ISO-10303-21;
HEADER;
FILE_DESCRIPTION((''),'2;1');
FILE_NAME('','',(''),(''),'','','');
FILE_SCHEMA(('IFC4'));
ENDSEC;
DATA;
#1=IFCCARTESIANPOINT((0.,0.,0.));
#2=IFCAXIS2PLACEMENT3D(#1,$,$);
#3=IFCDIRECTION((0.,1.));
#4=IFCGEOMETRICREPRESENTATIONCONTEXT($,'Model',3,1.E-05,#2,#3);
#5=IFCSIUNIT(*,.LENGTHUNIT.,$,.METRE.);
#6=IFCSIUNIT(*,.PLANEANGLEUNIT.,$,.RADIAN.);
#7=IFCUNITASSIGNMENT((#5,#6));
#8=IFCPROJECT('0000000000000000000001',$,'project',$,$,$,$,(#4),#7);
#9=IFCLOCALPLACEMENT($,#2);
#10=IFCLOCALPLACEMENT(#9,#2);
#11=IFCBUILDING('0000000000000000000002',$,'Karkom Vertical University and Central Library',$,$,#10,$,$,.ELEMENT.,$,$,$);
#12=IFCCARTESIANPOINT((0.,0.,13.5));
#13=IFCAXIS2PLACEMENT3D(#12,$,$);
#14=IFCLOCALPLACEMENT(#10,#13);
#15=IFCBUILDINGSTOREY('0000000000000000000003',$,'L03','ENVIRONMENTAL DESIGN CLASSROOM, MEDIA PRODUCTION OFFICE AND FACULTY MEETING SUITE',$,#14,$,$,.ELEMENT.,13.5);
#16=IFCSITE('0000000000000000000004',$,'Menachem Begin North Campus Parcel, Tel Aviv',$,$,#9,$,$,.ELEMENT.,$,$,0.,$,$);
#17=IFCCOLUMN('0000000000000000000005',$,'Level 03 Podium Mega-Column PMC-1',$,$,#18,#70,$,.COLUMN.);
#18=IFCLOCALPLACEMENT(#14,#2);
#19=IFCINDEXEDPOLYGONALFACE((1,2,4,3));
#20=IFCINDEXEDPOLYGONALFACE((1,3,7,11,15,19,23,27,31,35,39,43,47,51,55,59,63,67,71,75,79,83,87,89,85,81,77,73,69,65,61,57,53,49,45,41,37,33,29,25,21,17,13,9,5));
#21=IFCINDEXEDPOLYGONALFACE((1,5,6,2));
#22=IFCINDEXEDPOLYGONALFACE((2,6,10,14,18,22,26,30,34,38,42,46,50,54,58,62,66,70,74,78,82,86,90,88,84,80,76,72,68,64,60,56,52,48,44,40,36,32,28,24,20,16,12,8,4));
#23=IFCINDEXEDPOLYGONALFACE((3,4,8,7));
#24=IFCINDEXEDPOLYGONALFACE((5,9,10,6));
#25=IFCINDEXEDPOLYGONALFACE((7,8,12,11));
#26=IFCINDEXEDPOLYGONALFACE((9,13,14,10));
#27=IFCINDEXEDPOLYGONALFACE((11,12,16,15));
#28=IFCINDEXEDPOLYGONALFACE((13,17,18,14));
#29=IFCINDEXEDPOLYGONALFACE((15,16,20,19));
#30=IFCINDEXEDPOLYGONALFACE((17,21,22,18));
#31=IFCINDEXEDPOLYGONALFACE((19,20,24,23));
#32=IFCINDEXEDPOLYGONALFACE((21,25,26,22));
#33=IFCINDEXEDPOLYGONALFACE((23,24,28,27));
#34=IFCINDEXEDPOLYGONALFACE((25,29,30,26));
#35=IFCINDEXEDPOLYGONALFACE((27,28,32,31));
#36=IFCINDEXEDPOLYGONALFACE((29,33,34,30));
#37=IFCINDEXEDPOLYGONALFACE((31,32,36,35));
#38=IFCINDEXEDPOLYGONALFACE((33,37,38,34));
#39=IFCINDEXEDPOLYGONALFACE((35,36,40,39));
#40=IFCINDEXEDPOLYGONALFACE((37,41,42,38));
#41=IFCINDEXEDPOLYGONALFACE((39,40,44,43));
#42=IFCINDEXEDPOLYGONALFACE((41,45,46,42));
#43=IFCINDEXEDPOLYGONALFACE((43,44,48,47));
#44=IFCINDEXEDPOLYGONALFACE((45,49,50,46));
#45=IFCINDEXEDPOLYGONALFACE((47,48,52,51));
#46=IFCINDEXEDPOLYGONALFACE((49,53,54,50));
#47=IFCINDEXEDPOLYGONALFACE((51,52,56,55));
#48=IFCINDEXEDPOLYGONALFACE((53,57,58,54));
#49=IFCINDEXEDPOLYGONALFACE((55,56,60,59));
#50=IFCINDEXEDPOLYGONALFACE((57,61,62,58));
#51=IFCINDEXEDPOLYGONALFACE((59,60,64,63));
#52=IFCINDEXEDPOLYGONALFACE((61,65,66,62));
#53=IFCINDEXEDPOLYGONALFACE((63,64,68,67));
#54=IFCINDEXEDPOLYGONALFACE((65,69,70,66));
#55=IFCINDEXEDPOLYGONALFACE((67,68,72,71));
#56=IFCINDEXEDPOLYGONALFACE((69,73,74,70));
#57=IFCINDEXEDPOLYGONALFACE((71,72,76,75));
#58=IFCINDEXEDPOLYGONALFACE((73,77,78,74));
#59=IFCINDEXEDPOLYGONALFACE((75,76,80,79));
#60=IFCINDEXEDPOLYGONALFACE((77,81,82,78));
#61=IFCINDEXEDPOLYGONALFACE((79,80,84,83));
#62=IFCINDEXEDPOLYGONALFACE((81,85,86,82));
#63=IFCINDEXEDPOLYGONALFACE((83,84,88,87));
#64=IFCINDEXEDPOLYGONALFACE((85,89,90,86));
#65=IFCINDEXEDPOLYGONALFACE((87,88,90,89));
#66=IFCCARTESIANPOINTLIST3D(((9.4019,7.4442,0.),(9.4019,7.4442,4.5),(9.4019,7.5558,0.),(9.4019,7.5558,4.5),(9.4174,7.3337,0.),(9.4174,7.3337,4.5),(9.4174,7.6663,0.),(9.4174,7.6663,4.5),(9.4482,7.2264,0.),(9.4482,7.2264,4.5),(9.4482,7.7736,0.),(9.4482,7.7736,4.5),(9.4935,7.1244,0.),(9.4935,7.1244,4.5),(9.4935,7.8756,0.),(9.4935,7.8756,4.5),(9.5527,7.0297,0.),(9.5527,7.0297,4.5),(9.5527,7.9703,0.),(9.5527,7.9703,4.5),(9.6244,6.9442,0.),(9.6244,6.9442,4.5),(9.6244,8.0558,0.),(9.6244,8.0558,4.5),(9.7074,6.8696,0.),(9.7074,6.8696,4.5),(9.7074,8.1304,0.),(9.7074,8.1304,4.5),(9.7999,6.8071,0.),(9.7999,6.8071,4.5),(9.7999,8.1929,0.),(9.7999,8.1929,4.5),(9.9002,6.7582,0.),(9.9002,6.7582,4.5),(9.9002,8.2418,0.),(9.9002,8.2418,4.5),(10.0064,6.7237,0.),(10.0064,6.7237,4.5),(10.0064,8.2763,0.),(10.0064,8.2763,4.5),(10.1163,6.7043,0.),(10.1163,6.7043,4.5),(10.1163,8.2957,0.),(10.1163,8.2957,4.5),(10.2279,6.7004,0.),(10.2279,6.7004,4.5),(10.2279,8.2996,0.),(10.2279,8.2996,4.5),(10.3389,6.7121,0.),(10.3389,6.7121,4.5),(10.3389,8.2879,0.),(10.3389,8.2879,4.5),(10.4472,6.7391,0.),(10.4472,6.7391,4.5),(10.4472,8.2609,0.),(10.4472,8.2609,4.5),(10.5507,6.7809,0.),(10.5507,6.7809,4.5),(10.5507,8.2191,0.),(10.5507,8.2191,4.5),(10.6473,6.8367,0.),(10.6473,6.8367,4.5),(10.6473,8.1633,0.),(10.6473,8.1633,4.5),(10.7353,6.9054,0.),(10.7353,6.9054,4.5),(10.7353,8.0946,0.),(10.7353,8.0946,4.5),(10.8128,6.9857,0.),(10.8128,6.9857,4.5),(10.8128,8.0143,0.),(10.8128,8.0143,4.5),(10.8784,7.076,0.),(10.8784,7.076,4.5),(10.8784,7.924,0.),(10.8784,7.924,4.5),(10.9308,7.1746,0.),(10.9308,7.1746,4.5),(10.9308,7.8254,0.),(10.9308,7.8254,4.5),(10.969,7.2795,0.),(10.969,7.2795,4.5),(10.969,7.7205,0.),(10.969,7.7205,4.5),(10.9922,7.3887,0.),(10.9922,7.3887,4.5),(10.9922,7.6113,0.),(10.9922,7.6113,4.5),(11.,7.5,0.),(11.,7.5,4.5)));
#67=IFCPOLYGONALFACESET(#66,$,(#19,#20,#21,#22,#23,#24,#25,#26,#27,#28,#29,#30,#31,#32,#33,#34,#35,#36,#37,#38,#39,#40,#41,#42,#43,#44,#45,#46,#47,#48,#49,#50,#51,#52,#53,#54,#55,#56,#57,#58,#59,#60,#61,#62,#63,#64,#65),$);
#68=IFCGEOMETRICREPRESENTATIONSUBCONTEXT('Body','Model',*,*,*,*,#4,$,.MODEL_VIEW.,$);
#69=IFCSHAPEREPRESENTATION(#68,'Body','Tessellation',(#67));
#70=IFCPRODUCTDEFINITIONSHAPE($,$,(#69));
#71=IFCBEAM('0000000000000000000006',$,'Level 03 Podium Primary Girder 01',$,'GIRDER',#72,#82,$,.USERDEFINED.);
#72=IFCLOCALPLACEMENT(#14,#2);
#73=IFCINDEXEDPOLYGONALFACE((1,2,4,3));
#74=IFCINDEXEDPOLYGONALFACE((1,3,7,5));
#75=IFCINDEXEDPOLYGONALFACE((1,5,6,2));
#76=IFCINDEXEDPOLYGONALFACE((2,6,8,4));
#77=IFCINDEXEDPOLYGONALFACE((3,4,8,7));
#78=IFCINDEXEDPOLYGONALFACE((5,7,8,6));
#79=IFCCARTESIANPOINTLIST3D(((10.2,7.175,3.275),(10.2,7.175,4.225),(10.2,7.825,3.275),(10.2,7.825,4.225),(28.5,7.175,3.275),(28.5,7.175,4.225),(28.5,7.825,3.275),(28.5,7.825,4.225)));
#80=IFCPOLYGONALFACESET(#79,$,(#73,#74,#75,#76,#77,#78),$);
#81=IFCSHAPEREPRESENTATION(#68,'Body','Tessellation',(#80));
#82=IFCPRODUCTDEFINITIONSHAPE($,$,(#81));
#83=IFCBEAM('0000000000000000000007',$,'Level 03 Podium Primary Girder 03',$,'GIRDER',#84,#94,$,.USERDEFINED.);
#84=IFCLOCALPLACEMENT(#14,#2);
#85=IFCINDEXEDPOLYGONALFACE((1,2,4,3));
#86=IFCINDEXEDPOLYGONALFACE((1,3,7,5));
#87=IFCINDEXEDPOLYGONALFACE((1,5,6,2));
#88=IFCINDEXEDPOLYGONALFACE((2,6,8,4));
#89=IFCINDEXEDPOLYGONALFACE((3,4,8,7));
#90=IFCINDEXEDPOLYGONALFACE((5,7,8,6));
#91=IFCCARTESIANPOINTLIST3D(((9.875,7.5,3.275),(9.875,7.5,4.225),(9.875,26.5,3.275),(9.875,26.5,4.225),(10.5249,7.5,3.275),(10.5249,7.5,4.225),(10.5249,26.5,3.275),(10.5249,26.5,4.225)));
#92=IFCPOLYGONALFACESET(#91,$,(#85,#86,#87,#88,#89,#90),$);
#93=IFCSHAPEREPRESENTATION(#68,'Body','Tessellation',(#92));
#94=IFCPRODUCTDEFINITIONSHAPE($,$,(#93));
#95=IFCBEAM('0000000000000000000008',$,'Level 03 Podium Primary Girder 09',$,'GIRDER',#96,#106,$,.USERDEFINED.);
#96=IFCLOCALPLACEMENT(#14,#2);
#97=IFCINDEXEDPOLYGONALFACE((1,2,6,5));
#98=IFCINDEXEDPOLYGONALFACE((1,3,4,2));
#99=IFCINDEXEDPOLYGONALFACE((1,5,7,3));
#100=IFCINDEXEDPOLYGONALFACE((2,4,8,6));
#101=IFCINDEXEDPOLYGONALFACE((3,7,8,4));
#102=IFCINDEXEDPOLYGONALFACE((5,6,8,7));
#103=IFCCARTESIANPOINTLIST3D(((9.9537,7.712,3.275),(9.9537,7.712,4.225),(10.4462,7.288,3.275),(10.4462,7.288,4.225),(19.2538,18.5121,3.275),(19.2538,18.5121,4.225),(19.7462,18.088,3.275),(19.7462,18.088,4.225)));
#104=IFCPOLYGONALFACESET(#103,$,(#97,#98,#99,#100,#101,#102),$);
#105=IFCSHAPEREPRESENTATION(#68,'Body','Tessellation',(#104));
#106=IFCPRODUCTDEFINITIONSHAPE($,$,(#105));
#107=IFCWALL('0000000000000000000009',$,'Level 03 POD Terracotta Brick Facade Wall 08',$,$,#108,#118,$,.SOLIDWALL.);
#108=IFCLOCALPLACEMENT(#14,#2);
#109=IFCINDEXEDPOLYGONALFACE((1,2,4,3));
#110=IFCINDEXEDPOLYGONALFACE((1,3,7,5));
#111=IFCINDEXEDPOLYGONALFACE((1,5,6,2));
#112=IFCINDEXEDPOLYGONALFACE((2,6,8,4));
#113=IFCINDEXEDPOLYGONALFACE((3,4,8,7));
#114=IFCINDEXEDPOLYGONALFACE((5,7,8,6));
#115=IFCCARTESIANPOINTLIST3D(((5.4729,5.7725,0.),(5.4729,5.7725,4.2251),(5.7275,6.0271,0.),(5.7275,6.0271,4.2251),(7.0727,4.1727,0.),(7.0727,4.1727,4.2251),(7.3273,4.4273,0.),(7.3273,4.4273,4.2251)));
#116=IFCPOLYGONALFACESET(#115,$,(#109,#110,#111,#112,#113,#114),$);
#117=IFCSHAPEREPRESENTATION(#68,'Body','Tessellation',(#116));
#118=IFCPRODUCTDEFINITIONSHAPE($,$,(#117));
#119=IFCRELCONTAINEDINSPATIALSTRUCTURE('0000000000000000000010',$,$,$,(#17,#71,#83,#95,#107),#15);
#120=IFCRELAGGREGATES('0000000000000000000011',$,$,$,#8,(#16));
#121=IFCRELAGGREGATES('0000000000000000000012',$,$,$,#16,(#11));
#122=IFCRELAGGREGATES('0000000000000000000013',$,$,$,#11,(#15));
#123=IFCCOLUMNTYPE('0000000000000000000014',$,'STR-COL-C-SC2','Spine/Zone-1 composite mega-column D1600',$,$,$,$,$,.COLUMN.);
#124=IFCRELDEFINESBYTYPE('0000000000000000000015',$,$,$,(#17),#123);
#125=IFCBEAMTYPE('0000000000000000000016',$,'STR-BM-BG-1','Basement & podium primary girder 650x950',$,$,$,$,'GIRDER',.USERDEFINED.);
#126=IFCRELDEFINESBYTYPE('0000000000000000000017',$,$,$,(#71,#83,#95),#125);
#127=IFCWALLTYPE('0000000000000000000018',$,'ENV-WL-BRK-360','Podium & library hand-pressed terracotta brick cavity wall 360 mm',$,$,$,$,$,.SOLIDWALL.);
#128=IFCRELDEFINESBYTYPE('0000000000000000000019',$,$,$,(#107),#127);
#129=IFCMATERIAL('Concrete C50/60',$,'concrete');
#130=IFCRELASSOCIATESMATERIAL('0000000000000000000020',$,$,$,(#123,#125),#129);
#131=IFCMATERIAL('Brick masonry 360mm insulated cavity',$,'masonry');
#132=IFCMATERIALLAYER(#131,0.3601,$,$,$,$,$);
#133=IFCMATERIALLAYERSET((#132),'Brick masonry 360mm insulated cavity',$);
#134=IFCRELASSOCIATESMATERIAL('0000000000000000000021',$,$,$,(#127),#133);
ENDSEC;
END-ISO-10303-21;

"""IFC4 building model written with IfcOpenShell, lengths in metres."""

from ifc_helpers import new_model, si_unit, direction, frame, frame_2d, origin, origin_with_axes, origin_2d, place, context, subcontext, project, spatial, rectangle, circle, extrude, source, transform, mapped, material, layer, layer_set, material_profile, profile_set, type_object, element, save


model = new_model("IFC4")

# Units and contexts
model_context = context("Model", 3, precision=1e-05, world=origin(), true_north=direction((0.0, 1.0)))
body_context = subcontext(model_context, "Body", "Model", "MODEL_VIEW")
ifc_project = project(units=[si_unit("LENGTHUNIT", "METRE"), si_unit("PLANEANGLEUNIT", "RADIAN")], contexts=[model_context])

# Site, building, storey
site_placement = place(None, origin())
site = spatial("IfcSite", under=ifc_project, at=site_placement, Name="Menachem Begin North Campus Parcel, Tel Aviv", CompositionType="ELEMENT", RefElevation=0.0)
building_placement = place(site_placement, origin())
building = spatial("IfcBuilding", under=site, at=building_placement, Name="Karkom Vertical University and Central Library", CompositionType="ELEMENT")
storey_placement = place(building_placement, frame((0.0, 0.0, 13.5)))
storey = spatial("IfcBuildingStorey", under=building, at=storey_placement, Name="L03", Description="ENVIRONMENTAL DESIGN CLASSROOM, MEDIA PRODUCTION OFFICE AND FACULTY MEETING SUITE", CompositionType="ELEMENT", Elevation=13.5)

# Column
ifc_material_1 = material(Name="Concrete C50/60", Category="concrete")
ifc_material_profile_1 = material_profile(ifc_material_1, circle(Radius=0.8, at=origin_2d()), Name="CFT-D1600")
ifc_profile_set_1 = profile_set([ifc_material_profile_1], Name="Concrete C50/60")
column_type = type_object("IfcColumnType", Name="STR-COL-C-SC2", Description="Spine/Zone-1 composite mega-column D1600", PredefinedType="COLUMN", material=ifc_profile_set_1)
shared_shape_1 = source(origin_with_axes(), body_context, "Body", "SweptSolid", [
    extrude(circle(Radius=0.8, at=origin_2d()), origin(), (0.0, 0.0, 1.0), 4.5),
])
column_placement = place(storey_placement, frame((10.2, 7.5, 0.0), z_axis=(0.0, 0.0, 1.0), x_axis=(1.0, 0.0, 0.0)))
element("IfcColumn", 1, at=column_placement, inside=storey, type_object=column_type, Name="Level 03 Podium Mega-Column PMC-1", PredefinedType="COLUMN", context=body_context, shape_type="MappedRepresentation", body=[
    mapped(shared_shape_1, transform((0.0, 0.0, 0.0), scale=1.0)),
])

# Beams
ifc_material_profile_2 = material_profile(ifc_material_1, rectangle(XDim=0.6499, YDim=0.95, at=origin_2d()), Name="RCG-650x950")
ifc_profile_set_2 = profile_set([ifc_material_profile_2], Name="Concrete C50/60")
beam_type = type_object("IfcBeamType", Name="STR-BM-BG-1", Description="Basement & podium primary girder 650x950", ElementType="GIRDER", PredefinedType="USERDEFINED", material=ifc_profile_set_2)
shared_shape_2 = source(origin_with_axes(), body_context, "Body", "SweptSolid", [
    extrude(rectangle(XDim=0.6499, YDim=0.95, at=origin_2d()), origin(), (0.0, 0.0, 1.0), 18.3),
])
beam_1_placement = place(storey_placement, frame((10.2, 7.5, 3.75), z_axis=(1.0, 0.0, 0.0), x_axis=(0.0, 1.0, 0.0)))
element("IfcBeam", 2, at=beam_1_placement, inside=storey, type_object=beam_type, Name="Level 03 Podium Primary Girder 01", ObjectType="GIRDER", PredefinedType="USERDEFINED", context=body_context, shape_type="MappedRepresentation", body=[
    mapped(shared_shape_2, transform((0.0, 0.0, 0.0), scale=1.0)),
])
shared_shape_3 = source(origin_with_axes(), body_context, "Body", "SweptSolid", [
    extrude(rectangle(XDim=0.6499, YDim=0.95, at=origin_2d()), origin(), (0.0, 0.0, 1.0), 19.0),
])
beam_2_placement = place(storey_placement, frame((10.2, 7.5, 3.75), z_axis=(0.0, 1.0, 0.0), x_axis=(-1.0, 0.0, 0.0)))
element("IfcBeam", 3, at=beam_2_placement, inside=storey, type_object=beam_type, Name="Level 03 Podium Primary Girder 03", ObjectType="GIRDER", PredefinedType="USERDEFINED", context=body_context, shape_type="MappedRepresentation", body=[
    mapped(shared_shape_3, transform((0.0, 0.0, 0.0), scale=1.0)),
])
shared_shape_4 = source(origin_with_axes(), body_context, "Body", "SweptSolid", [
    extrude(rectangle(XDim=0.6499, YDim=0.95, at=origin_2d()), origin(), (0.0, 0.0, 1.0), 14.2524),
])
beam_3_placement = place(storey_placement, frame((10.2, 7.5, 3.75), z_axis=(0.652523, 0.757769, 0.0), x_axis=(-0.757769, 0.652523, 0.0)))
element("IfcBeam", 4, at=beam_3_placement, inside=storey, type_object=beam_type, Name="Level 03 Podium Primary Girder 09", ObjectType="GIRDER", PredefinedType="USERDEFINED", context=body_context, shape_type="MappedRepresentation", body=[
    mapped(shared_shape_4, transform((0.0, 0.0, 0.0), scale=1.0)),
])

# Shared definitions
ifc_material_2 = material(Name="Brick masonry 360mm insulated cavity", Category="masonry")
ifc_layer_1 = layer(ifc_material_2, 0.3601)
ifc_layer_set_1 = layer_set([ifc_layer_1], Name="Brick masonry 360mm insulated cavity")
wall_type = type_object("IfcWallType", Name="ENV-WL-BRK-360", Description="Podium & library hand-pressed terracotta brick cavity wall 360 mm", PredefinedType="SOLIDWALL", material=ifc_layer_set_1)

# Wall
wall_1_placement = place(storey_placement, frame((5.6001, 5.8999, 0.0), z_axis=(0.0, 0.0, 1.0), x_axis=(0.707107, -0.707107, 0.0)))
element("IfcWall", 5, at=wall_1_placement, inside=storey, type_object=wall_type, Name="Level 03 POD Terracotta Brick Facade Wall 08", PredefinedType="SOLIDWALL", context=body_context, shape_type="SweptSolid", body=[
    extrude(rectangle(XDim=2.2625, YDim=0.3601, at=frame_2d((1.1313, 0.0))), origin(), (0.0, 0.0, 1.0), 4.2251),
])

save(model, "model.ifc")
